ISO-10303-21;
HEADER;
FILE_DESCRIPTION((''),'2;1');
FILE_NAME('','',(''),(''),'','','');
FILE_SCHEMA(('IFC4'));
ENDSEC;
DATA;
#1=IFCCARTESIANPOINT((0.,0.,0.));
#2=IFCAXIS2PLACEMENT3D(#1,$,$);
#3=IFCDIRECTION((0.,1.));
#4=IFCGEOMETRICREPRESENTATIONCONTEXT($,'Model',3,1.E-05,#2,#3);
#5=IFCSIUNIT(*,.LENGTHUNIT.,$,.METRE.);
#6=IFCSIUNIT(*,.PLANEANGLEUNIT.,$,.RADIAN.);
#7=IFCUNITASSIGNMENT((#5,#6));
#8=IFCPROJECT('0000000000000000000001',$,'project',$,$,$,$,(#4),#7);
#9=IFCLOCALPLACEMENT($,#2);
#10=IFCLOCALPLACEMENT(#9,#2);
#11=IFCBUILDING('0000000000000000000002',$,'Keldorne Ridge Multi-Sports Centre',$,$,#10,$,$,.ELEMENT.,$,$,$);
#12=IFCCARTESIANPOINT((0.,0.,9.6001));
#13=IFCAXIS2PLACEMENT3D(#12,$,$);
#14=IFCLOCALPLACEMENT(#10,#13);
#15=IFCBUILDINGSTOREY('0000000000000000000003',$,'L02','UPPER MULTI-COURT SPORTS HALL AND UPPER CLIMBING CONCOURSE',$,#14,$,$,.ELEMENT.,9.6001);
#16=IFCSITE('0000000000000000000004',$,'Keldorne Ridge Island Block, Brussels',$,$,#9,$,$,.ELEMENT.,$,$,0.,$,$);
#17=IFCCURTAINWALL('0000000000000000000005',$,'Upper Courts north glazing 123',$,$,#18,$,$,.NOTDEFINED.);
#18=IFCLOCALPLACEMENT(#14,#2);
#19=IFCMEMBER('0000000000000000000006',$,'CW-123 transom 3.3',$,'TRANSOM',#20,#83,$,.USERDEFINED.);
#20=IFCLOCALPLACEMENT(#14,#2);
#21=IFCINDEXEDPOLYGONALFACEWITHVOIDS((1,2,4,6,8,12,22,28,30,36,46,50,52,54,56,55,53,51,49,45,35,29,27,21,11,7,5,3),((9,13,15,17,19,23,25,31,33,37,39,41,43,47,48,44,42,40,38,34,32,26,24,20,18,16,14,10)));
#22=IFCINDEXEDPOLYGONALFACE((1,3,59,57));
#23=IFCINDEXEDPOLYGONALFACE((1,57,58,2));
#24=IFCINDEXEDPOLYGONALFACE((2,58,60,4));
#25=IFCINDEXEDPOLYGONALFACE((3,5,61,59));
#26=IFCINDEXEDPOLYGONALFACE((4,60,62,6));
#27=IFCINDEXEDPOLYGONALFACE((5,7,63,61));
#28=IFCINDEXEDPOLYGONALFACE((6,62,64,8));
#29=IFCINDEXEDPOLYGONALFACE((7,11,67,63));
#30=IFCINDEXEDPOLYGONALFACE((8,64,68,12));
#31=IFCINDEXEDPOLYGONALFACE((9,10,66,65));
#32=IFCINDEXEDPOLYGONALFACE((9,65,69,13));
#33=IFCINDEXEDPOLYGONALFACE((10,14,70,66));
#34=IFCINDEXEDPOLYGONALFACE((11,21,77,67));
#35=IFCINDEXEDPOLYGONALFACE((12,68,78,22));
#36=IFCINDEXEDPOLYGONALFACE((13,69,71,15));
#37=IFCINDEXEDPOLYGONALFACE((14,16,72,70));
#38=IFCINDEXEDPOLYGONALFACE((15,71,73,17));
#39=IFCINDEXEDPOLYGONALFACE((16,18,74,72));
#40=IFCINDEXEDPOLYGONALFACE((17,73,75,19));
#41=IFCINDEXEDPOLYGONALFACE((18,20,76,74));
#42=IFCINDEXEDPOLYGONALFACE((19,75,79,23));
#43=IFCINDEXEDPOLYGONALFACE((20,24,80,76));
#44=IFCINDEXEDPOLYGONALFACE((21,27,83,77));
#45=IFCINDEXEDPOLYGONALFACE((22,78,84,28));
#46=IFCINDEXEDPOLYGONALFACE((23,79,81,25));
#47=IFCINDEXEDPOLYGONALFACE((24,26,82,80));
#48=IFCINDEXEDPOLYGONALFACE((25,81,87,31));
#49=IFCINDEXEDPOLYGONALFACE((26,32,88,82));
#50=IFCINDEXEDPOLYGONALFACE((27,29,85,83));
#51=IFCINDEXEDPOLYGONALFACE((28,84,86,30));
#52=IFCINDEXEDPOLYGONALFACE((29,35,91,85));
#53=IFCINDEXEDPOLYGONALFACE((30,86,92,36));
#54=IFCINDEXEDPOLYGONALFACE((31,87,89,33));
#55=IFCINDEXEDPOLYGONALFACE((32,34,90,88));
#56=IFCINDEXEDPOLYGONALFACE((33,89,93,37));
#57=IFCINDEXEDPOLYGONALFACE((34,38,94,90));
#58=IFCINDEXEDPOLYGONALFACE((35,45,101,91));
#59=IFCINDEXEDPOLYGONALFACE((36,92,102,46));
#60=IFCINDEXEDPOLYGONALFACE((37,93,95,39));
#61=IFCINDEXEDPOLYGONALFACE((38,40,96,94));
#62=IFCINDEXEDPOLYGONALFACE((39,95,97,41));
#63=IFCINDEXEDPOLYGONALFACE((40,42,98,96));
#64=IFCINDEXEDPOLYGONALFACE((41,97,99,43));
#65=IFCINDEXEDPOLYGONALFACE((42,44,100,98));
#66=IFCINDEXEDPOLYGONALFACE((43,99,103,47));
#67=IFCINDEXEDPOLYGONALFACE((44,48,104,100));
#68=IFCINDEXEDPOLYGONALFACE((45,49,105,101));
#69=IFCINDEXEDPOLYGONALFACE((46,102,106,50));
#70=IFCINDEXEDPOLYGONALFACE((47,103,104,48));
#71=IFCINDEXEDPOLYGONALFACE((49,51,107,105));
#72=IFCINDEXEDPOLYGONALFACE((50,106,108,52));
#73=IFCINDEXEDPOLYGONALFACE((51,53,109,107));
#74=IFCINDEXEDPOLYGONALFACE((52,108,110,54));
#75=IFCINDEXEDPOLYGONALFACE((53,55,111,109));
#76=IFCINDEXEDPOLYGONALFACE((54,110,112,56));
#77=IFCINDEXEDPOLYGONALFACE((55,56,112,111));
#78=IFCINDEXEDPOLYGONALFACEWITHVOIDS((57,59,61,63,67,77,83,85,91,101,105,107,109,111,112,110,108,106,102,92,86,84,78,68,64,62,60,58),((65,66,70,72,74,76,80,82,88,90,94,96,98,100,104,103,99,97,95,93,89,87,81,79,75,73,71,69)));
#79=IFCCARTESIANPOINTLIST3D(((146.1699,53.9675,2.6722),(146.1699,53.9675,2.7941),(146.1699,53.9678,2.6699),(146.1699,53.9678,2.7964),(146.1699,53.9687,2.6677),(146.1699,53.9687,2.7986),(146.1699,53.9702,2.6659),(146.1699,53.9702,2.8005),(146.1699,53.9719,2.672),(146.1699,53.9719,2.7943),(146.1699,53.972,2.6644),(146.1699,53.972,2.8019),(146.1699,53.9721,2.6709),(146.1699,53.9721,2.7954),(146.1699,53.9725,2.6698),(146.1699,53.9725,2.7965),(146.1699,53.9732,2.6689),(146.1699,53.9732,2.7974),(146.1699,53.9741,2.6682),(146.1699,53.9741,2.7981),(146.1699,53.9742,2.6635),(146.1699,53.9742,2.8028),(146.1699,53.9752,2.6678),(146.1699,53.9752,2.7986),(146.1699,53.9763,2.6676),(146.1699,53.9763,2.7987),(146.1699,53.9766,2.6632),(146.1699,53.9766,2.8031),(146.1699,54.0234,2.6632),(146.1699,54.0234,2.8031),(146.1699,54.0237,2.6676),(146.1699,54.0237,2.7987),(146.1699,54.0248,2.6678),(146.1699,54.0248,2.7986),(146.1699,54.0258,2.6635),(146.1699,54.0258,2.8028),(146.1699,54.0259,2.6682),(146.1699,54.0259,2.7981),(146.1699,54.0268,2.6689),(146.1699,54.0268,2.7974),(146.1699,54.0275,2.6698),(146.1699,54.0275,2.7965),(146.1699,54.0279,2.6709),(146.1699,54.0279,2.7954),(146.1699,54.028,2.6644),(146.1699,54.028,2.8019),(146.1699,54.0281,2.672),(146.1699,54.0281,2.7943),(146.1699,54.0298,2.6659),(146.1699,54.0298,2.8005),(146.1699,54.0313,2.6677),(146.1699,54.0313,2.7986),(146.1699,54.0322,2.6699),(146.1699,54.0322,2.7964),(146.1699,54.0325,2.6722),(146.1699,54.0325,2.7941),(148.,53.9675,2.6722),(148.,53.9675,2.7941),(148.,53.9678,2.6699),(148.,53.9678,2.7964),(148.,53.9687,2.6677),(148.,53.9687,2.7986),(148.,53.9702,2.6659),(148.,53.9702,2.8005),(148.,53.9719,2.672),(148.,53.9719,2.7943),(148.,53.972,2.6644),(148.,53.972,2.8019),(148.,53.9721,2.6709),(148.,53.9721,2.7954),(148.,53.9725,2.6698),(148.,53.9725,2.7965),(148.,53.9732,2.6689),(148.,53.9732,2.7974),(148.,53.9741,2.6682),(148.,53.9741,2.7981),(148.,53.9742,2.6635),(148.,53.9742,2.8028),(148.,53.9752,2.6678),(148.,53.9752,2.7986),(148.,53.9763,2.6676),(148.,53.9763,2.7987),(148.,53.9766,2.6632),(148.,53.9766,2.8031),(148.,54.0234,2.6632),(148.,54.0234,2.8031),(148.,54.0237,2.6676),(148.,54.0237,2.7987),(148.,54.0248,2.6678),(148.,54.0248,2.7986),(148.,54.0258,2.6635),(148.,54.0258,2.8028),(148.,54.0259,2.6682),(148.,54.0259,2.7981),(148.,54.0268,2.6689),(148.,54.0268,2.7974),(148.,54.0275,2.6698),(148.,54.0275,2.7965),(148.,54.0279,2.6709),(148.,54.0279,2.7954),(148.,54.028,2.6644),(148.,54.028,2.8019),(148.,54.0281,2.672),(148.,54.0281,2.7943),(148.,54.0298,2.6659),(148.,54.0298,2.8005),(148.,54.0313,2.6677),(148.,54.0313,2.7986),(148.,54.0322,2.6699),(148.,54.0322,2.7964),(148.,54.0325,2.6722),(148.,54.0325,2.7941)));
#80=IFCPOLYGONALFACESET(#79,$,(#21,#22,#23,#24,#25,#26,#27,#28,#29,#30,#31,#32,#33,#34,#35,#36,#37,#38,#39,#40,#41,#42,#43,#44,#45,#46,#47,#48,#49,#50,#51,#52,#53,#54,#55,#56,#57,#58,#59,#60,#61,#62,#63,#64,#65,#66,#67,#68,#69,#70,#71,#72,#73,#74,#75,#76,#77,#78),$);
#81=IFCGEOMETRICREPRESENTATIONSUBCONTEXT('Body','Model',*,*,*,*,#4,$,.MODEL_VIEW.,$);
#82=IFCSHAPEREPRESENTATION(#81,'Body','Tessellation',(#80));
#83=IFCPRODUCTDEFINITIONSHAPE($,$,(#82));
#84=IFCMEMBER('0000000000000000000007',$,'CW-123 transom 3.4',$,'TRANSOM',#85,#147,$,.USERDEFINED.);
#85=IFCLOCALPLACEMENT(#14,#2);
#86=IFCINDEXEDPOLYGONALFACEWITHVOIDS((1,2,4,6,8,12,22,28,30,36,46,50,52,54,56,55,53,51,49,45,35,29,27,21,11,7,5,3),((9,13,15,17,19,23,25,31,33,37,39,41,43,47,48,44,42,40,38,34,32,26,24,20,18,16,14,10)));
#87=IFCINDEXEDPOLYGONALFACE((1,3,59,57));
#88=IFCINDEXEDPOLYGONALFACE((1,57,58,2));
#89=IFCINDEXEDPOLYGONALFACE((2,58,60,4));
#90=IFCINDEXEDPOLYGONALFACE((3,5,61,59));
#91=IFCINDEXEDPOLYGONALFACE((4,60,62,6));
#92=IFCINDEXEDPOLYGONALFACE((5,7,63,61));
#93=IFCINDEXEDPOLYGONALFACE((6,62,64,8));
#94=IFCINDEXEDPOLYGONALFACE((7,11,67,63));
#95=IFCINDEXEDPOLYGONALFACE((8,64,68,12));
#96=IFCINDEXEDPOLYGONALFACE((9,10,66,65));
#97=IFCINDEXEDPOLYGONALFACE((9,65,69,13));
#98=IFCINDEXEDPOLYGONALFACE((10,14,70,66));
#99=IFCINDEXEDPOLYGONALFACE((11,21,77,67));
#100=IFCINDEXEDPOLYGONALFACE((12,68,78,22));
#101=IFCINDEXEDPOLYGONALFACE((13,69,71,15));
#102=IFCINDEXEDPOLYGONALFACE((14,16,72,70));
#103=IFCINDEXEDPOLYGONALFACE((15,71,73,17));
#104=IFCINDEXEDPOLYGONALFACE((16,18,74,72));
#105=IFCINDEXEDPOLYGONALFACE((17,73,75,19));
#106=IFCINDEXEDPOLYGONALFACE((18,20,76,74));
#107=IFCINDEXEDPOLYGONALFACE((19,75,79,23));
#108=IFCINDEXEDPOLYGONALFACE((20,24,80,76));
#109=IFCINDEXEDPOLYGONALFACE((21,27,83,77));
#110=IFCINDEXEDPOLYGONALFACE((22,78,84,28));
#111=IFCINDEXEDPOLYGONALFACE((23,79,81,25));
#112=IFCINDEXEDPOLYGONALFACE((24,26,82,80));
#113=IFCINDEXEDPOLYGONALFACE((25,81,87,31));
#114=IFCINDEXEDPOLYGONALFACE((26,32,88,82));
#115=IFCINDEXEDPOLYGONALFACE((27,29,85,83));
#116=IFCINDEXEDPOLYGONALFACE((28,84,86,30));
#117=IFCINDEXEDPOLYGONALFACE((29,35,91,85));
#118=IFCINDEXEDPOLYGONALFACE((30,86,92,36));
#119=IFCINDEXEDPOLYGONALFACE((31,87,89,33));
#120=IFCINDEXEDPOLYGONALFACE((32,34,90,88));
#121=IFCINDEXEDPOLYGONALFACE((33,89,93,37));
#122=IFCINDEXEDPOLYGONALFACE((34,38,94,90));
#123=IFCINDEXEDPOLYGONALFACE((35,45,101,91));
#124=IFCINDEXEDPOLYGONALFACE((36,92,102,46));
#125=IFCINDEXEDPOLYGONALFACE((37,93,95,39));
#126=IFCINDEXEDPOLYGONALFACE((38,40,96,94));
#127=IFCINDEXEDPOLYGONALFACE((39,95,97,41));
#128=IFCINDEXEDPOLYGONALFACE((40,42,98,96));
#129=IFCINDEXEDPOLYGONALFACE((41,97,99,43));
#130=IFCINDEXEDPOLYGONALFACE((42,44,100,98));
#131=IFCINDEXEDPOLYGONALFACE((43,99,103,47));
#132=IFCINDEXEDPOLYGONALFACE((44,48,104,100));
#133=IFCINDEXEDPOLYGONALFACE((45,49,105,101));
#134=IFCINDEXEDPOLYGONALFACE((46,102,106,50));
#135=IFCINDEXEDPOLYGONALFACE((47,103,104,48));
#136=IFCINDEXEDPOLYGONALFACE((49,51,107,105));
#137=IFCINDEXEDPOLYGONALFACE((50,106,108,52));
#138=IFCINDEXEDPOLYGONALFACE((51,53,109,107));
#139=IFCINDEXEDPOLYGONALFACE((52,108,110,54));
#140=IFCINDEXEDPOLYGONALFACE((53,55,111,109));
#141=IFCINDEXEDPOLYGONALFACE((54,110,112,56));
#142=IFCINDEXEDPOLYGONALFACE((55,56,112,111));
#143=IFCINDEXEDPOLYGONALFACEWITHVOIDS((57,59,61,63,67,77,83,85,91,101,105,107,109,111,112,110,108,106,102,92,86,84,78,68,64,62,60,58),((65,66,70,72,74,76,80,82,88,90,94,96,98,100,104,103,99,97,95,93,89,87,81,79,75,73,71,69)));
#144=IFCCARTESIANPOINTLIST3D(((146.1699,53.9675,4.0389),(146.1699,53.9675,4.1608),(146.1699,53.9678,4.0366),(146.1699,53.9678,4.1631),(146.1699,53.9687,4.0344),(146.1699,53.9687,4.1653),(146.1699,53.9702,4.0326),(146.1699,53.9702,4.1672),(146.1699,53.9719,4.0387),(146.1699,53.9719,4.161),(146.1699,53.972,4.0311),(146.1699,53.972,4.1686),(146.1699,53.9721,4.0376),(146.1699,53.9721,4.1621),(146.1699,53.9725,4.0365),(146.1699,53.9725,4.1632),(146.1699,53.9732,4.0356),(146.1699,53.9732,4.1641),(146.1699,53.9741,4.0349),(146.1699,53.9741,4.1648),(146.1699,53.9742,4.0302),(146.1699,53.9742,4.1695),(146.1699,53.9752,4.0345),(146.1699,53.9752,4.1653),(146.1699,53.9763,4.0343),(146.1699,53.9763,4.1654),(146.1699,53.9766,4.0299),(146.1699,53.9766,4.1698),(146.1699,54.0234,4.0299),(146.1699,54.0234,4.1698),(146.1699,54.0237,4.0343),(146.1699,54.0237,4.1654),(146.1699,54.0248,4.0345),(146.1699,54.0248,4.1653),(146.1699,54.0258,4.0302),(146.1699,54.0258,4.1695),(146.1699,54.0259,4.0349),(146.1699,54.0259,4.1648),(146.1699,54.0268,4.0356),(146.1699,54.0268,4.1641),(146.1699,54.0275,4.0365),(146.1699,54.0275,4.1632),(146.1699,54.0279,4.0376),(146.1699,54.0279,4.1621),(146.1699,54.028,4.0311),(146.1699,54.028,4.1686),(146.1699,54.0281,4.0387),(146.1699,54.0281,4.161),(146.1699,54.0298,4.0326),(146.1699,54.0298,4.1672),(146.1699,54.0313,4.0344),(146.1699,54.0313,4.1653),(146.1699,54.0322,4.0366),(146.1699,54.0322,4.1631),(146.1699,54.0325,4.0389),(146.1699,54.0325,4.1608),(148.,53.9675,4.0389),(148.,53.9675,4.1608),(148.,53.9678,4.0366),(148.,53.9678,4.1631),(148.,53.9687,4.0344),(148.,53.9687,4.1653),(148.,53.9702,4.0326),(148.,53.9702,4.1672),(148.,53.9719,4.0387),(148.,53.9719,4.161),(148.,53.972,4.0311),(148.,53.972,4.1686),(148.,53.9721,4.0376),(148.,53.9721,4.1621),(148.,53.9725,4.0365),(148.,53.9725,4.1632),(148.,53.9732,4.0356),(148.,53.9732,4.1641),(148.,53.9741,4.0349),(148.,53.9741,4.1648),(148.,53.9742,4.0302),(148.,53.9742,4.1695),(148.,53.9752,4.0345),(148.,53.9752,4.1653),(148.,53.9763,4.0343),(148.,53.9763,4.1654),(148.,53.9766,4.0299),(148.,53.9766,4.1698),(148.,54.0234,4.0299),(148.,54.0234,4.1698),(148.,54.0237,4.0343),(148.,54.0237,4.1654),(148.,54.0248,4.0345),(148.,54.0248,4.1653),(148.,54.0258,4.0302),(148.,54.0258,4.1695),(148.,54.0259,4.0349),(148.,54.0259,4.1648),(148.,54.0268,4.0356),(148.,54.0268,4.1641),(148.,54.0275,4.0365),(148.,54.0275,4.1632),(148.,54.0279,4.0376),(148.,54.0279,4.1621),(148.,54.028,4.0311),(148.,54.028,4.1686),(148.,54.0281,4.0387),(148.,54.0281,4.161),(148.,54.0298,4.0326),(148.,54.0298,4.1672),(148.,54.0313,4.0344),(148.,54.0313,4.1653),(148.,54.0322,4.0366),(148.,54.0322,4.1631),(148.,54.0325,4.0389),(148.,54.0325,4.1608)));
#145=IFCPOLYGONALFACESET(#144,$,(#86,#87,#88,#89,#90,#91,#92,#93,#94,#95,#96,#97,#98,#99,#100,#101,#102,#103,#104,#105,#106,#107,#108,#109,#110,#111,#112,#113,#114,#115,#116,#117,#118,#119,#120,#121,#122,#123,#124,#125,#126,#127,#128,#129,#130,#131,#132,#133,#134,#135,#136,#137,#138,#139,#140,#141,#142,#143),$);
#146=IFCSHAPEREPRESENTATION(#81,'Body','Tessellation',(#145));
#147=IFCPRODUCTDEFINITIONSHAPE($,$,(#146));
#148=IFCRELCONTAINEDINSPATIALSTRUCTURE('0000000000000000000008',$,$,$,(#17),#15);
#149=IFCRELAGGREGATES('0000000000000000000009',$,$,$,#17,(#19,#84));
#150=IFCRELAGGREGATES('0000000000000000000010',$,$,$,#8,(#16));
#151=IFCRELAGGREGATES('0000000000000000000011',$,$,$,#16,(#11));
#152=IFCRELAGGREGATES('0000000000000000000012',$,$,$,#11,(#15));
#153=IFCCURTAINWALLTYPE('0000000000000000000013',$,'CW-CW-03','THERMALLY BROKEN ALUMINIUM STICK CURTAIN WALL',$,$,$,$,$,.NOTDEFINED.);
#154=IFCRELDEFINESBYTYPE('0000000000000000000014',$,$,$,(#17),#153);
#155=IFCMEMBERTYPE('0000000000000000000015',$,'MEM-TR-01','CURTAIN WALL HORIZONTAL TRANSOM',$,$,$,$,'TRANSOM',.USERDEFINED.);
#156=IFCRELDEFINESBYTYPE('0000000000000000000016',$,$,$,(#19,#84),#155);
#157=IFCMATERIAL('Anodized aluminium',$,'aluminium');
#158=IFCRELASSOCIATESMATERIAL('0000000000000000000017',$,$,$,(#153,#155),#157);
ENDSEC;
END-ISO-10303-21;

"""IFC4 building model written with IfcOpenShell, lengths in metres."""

from ifc_helpers import new_model, si_unit, direction, frame, origin, origin_2d, place, context, subcontext, project, spatial, hollow_rectangle, extrude, material, material_profile, profile_set, type_object, element, aggregate, save


model = new_model("IFC4")

# Units and contexts
model_context = context("Model", 3, precision=1e-05, world=origin(), true_north=direction((0.0, 1.0)))
body_context = subcontext(model_context, "Body", "Model", "MODEL_VIEW")
ifc_project = project(units=[si_unit("LENGTHUNIT", "METRE"), si_unit("PLANEANGLEUNIT", "RADIAN")], contexts=[model_context])

# Site, building, storey
site_placement = place(None, origin())
site = spatial("IfcSite", under=ifc_project, at=site_placement, Name="Keldorne Ridge Island Block, Brussels", CompositionType="ELEMENT", RefElevation=0.0)
building_placement = place(site_placement, origin())
building = spatial("IfcBuilding", under=site, at=building_placement, Name="Keldorne Ridge Multi-Sports Centre", CompositionType="ELEMENT")
storey_placement = place(building_placement, frame((0.0, 0.0, 9.6001)))
storey = spatial("IfcBuildingStorey", under=building, at=storey_placement, Name="L02", Description="UPPER MULTI-COURT SPORTS HALL AND UPPER CLIMBING CONCOURSE", CompositionType="ELEMENT", Elevation=9.6001)

# Curtain wall, members
ifc_material_1 = material(Name="Anodized aluminium", Category="aluminium")
curtain_wall_type = type_object("IfcCurtainWallType", Name="CW-CW-03", Description="THERMALLY BROKEN ALUMINIUM STICK CURTAIN WALL", PredefinedType="NOTDEFINED", material=ifc_material_1)
curtain_wall_placement = place(storey_placement, origin())
curtain_wall = element("IfcCurtainWall", 1, at=curtain_wall_placement, inside=storey, type_object=curtain_wall_type, Name="Upper Courts north glazing 123", PredefinedType="NOTDEFINED")
ifc_material_profile_1 = material_profile(ifc_material_1, hollow_rectangle(XDim=0.0649, YDim=0.1399, WallThickness=0.0044, InnerFilletRadius=0.0044, OuterFilletRadius=0.009, at=origin_2d()), Name="ALU TRANSOM 140x65x4.5")
ifc_profile_set_1 = profile_set([ifc_material_profile_1], Name="Anodized aluminium")
member_type_1 = type_object("IfcMemberType", Name="MEM-TR-01", Description="CURTAIN WALL HORIZONTAL TRANSOM", ElementType="TRANSOM", PredefinedType="USERDEFINED", material=ifc_profile_set_1)
member_1_placement = place(storey_placement, frame((148.0, 54.0, 2.7332), z_axis=(-1.0, 0.0, 0.0), x_axis=(0.0, -1.0, 0.0)))
member_1 = element("IfcMember", 2, at=member_1_placement, type_object=member_type_1, Name="CW-123 transom 3.3", ObjectType="TRANSOM", PredefinedType="USERDEFINED", context=body_context, shape_type="SweptSolid", body=[
    extrude(hollow_rectangle(XDim=0.0649, YDim=0.1399, WallThickness=0.0044, InnerFilletRadius=0.0044, OuterFilletRadius=0.009, at=origin_2d()), origin(), (0.0, 0.0, 1.0), 1.8301),
])
member_2_placement = place(storey_placement, frame((148.0, 54.0, 4.0999), z_axis=(-1.0, 0.0, 0.0), x_axis=(0.0, -1.0, 0.0)))
member_2 = element("IfcMember", 3, at=member_2_placement, type_object=member_type_1, Name="CW-123 transom 3.4", ObjectType="TRANSOM", PredefinedType="USERDEFINED", context=body_context, shape_type="SweptSolid", body=[
    extrude(hollow_rectangle(XDim=0.0649, YDim=0.1399, WallThickness=0.0044, InnerFilletRadius=0.0044, OuterFilletRadius=0.009, at=origin_2d()), origin(), (0.0, 0.0, 1.0), 1.8301),
])
aggregate(curtain_wall, [member_1, member_2])

save(model, "model.ifc")
